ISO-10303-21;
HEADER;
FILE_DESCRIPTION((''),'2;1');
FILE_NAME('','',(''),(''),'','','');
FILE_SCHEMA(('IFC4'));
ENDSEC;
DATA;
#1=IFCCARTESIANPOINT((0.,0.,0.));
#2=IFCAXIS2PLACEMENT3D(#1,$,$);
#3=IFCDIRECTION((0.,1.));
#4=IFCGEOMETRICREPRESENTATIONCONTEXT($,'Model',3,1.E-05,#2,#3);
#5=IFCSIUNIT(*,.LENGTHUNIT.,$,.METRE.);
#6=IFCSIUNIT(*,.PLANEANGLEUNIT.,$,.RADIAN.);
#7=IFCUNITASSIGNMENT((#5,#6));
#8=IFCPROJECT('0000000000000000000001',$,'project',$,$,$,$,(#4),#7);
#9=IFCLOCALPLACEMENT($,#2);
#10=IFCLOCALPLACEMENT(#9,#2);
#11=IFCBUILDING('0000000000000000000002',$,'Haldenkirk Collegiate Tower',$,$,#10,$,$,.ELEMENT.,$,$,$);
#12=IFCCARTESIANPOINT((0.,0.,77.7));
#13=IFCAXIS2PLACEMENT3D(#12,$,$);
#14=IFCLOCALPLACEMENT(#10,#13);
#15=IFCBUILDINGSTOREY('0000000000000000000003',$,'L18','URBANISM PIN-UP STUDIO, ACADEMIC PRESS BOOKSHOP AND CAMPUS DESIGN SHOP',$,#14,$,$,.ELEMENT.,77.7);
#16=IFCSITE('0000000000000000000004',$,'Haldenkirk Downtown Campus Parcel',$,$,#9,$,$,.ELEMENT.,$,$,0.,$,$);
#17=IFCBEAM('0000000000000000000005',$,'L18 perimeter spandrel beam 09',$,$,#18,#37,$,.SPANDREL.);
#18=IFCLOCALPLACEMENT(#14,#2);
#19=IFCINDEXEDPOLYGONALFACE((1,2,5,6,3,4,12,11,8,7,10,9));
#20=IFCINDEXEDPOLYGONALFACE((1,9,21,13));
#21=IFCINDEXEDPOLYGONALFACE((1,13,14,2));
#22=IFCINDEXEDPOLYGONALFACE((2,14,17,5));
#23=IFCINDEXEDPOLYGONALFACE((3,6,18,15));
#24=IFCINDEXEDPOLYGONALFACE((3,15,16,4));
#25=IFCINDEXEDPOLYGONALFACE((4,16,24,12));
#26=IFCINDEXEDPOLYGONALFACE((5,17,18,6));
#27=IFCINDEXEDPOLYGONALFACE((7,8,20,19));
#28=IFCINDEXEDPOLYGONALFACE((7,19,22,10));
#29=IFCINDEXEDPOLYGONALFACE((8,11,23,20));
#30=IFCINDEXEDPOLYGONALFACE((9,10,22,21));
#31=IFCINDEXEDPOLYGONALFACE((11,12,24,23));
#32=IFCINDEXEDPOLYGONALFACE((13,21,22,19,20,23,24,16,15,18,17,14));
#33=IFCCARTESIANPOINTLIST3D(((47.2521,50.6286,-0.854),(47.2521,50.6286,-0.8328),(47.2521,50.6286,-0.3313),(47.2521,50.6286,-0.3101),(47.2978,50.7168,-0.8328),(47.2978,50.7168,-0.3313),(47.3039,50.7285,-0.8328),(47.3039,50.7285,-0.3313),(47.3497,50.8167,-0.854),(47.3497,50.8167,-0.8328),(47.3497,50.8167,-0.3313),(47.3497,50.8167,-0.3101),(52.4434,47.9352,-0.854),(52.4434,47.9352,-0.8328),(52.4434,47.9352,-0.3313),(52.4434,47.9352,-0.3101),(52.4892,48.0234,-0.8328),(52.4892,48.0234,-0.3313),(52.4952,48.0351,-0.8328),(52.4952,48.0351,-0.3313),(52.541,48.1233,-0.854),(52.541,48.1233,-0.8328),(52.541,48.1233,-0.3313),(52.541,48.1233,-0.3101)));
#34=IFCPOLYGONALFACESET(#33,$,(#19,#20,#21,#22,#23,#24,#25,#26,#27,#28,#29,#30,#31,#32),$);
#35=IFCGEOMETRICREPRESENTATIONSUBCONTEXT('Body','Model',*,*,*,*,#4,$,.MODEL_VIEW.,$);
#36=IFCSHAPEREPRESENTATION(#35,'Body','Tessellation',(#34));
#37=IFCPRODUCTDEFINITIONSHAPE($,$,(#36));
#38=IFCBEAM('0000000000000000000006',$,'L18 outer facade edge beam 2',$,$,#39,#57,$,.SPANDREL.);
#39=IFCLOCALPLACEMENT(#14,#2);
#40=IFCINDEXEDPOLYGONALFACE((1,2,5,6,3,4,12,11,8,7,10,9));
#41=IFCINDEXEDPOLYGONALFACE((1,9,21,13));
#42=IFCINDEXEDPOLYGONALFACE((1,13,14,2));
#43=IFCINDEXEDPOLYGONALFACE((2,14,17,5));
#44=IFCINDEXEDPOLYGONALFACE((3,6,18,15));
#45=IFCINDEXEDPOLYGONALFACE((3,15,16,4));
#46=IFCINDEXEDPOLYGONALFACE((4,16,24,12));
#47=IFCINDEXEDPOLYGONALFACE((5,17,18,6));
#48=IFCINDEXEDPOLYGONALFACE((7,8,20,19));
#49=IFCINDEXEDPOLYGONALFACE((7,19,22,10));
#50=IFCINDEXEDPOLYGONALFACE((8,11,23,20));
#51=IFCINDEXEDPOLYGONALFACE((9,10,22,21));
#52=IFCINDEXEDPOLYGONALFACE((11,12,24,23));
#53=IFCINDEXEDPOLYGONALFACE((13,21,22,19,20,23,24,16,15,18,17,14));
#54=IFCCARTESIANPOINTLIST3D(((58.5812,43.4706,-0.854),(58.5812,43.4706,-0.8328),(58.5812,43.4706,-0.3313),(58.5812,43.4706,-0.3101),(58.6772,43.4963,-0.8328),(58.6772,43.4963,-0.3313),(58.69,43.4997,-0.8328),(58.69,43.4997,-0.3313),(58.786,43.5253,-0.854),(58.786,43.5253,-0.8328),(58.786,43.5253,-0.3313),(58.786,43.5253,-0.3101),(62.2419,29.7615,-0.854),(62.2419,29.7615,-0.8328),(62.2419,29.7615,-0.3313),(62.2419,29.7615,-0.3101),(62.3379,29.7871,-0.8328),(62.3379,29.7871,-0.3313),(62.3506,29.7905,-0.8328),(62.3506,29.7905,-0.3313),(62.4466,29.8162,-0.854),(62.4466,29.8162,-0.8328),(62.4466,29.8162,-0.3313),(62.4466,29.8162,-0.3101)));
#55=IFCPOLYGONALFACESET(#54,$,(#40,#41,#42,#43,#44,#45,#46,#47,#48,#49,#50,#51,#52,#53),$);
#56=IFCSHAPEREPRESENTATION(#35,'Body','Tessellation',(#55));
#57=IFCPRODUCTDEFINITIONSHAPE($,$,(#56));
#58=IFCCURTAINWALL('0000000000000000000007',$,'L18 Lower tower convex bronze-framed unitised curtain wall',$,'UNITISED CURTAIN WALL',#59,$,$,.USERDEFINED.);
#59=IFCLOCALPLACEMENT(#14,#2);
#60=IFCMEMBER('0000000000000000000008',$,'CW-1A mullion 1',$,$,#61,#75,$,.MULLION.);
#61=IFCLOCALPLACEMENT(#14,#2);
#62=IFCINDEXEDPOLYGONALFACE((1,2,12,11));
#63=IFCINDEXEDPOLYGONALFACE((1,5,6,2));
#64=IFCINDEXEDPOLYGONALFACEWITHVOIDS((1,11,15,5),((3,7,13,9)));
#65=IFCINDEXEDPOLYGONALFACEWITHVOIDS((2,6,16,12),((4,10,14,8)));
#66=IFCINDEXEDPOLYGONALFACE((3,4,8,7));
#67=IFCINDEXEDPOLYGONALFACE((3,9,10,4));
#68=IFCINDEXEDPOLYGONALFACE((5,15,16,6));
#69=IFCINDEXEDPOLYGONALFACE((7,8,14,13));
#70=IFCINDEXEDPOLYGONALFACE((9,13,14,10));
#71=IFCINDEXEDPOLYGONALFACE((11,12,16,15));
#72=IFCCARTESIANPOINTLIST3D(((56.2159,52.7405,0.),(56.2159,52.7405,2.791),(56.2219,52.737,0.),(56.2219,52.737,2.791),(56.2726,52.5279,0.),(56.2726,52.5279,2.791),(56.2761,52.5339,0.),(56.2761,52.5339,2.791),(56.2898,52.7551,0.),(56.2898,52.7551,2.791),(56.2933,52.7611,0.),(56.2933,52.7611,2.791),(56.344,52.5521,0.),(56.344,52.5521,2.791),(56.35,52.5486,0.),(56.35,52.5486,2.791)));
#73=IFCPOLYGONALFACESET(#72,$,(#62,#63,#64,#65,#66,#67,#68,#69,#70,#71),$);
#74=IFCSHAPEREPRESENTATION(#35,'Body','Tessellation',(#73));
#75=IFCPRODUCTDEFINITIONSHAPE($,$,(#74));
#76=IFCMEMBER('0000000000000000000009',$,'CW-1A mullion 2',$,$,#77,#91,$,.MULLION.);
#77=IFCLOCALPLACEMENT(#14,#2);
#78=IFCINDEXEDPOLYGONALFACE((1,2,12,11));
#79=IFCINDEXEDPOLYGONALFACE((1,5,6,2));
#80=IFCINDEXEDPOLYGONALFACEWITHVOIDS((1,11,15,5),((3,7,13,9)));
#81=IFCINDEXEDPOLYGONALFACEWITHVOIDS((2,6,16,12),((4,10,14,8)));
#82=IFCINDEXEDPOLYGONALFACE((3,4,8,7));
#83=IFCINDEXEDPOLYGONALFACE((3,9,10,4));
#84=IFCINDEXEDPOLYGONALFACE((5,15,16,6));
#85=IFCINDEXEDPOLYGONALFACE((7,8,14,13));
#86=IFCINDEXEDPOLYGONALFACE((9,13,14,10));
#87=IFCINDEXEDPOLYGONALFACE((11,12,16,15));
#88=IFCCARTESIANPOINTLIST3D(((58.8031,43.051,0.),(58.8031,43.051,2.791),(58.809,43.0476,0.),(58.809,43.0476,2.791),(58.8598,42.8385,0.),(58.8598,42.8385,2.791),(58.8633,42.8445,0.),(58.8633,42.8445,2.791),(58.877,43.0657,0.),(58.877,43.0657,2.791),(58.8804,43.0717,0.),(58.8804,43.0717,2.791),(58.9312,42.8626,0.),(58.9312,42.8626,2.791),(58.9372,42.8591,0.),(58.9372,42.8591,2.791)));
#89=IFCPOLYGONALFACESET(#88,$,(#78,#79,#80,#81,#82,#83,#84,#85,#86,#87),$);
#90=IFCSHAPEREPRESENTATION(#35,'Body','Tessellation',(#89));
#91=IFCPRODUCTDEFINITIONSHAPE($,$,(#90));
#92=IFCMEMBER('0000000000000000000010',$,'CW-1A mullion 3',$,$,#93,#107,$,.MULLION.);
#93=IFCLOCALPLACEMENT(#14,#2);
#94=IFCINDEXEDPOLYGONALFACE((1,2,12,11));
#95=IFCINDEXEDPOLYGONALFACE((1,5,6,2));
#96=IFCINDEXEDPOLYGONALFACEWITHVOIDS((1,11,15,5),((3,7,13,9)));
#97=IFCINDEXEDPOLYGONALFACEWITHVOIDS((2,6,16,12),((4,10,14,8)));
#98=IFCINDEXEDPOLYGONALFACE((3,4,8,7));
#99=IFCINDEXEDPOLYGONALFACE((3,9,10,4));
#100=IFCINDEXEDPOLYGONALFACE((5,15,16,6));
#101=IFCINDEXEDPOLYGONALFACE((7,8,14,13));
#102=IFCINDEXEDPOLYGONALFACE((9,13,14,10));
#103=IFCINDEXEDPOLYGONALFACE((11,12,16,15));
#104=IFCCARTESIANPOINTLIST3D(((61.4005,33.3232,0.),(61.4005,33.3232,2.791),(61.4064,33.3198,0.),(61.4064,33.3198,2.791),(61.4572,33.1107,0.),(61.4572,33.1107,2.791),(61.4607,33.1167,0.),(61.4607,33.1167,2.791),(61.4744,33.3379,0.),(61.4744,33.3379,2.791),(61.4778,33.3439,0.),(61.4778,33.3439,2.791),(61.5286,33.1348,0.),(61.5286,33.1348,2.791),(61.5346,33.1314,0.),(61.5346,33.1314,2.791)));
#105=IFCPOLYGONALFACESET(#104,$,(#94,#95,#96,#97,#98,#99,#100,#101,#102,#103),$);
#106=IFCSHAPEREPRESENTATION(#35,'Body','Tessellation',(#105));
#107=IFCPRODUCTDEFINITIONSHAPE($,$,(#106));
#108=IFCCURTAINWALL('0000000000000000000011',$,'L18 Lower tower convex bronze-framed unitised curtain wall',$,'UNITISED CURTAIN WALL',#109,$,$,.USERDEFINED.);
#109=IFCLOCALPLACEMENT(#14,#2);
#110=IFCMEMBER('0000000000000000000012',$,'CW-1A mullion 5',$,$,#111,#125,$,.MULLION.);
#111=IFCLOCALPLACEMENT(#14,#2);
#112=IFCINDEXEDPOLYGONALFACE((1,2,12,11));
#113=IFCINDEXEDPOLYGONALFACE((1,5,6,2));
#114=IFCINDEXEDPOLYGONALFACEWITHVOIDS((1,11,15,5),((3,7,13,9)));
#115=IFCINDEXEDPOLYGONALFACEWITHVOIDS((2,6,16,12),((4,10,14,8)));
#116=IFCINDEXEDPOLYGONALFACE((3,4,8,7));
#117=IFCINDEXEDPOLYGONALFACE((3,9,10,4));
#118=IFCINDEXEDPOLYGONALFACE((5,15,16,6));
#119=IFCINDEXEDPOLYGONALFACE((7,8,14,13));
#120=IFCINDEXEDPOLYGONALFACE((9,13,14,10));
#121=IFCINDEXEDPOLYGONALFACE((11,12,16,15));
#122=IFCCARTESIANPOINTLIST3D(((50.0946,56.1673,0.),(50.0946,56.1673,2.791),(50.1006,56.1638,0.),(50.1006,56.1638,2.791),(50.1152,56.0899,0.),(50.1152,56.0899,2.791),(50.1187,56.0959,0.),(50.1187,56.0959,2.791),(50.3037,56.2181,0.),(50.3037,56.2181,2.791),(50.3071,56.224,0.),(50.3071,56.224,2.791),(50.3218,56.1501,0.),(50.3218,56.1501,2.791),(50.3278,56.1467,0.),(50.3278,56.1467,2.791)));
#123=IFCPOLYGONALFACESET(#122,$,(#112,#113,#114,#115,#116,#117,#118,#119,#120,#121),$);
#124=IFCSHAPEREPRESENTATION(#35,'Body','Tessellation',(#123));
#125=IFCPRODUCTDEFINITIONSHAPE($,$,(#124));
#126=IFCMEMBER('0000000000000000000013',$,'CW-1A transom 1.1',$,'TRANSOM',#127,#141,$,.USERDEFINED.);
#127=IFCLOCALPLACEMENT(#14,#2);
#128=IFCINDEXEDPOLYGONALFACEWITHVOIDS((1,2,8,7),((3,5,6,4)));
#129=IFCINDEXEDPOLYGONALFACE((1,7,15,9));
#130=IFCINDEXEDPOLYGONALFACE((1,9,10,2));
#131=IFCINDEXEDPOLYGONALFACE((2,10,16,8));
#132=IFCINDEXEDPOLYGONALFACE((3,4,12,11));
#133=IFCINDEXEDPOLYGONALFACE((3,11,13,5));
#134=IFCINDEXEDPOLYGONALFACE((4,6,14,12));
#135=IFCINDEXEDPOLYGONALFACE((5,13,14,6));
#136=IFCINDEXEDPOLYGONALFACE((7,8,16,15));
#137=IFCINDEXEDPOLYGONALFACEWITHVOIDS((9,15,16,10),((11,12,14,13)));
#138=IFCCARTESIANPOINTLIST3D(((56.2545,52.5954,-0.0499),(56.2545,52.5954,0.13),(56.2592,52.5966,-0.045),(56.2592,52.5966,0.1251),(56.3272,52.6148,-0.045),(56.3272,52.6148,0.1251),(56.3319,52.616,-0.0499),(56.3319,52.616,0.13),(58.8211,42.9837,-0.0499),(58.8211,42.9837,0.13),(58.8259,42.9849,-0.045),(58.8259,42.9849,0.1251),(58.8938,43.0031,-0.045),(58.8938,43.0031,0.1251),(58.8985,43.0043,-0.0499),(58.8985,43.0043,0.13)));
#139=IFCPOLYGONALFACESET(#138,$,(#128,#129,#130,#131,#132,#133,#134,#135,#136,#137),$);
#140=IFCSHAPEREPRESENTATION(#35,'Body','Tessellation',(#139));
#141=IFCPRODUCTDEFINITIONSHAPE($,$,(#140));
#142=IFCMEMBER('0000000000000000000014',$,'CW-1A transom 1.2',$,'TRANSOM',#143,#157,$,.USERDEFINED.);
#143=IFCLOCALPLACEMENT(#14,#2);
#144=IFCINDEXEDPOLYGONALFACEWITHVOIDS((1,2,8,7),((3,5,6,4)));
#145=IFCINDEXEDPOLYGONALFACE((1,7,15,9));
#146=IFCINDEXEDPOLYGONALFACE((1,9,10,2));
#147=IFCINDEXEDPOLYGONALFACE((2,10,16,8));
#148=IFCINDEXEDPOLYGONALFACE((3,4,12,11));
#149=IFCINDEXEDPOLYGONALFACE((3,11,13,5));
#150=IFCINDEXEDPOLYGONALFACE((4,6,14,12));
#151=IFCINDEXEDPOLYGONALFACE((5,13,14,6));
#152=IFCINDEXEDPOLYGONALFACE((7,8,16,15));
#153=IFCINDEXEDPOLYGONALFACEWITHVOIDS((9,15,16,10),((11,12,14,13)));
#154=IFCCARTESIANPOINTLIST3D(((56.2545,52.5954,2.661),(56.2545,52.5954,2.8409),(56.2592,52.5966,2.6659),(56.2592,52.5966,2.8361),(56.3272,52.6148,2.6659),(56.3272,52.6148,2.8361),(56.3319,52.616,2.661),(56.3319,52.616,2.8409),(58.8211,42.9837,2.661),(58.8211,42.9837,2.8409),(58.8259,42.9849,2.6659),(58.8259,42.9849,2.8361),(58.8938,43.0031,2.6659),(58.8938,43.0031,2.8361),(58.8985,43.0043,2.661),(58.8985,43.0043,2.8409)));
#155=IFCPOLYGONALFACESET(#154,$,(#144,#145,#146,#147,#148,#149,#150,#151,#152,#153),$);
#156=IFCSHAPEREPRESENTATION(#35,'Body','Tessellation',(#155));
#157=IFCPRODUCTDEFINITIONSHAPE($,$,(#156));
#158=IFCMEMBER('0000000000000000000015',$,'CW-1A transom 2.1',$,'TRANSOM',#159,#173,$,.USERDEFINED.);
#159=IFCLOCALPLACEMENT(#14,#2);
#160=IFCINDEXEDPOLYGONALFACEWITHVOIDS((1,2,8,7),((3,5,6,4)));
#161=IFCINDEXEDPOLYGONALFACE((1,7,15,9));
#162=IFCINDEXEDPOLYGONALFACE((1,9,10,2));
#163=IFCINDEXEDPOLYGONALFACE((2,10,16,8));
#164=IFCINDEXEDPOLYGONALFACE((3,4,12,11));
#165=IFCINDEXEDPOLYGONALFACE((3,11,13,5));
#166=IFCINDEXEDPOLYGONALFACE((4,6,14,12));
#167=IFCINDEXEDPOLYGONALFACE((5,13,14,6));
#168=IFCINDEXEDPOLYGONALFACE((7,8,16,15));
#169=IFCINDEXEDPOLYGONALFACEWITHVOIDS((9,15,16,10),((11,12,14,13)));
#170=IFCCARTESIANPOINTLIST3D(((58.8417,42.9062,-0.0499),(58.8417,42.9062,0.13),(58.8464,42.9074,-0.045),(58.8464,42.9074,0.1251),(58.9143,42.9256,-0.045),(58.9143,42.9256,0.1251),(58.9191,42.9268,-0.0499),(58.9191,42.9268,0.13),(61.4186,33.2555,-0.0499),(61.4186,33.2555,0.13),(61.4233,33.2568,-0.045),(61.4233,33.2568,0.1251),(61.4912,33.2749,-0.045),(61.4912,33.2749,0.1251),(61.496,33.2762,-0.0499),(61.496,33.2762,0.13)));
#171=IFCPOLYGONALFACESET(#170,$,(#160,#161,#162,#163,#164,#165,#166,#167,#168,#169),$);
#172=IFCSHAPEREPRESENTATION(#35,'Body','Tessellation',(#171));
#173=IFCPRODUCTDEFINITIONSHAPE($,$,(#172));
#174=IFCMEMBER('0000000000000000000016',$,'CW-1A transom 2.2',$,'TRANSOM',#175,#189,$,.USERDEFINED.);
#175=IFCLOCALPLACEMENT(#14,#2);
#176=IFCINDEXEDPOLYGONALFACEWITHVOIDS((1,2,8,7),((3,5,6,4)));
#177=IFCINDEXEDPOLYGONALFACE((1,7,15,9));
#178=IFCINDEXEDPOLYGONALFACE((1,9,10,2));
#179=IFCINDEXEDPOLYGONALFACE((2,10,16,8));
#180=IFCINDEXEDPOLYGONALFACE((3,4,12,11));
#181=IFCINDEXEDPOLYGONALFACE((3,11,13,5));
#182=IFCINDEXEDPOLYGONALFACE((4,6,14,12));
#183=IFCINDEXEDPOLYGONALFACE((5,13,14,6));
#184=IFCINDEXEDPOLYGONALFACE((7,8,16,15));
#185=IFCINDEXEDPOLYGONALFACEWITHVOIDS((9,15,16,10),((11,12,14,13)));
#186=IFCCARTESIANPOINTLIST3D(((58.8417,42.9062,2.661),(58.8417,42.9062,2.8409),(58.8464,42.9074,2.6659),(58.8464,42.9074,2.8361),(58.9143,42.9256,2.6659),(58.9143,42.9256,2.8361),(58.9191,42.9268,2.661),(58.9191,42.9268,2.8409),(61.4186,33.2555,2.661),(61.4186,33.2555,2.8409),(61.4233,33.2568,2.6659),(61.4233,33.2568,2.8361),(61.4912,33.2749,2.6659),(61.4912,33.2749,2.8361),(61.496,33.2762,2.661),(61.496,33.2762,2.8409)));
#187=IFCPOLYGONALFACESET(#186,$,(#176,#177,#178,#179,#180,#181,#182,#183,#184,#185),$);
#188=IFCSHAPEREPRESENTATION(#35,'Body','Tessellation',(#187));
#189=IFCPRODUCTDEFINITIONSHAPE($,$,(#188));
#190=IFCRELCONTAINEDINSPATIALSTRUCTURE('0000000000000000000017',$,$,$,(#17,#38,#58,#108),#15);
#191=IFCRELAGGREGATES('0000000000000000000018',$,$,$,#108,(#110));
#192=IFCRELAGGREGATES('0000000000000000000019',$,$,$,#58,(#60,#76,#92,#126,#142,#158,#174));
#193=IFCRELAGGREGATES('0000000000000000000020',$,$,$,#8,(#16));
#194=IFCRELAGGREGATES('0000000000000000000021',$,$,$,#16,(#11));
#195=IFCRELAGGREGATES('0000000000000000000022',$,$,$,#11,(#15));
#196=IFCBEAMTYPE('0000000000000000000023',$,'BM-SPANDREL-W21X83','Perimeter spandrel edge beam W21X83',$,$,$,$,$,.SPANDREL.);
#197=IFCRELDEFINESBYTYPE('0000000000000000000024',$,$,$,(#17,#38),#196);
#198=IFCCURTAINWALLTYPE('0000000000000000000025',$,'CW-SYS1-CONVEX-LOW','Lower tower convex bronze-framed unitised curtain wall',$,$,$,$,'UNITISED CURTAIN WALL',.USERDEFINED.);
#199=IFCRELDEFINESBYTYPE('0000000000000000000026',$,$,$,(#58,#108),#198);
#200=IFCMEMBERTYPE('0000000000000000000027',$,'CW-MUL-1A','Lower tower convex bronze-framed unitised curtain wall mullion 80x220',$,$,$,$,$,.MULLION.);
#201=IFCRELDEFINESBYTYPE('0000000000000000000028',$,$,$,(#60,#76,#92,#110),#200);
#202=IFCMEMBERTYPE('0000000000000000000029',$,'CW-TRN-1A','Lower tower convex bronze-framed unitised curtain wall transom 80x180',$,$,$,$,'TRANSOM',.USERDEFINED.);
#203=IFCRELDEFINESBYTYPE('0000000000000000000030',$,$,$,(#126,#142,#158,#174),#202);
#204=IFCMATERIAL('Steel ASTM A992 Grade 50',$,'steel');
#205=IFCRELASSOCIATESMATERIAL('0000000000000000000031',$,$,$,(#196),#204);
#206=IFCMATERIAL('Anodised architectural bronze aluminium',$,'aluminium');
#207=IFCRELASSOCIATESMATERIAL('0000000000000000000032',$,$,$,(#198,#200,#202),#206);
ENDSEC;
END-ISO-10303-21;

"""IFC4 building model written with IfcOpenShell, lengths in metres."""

from ifc_helpers import new_model, si_unit, direction, frame, origin, origin_2d, place, context, subcontext, project, spatial, hollow_rectangle, i_section, extrude, material, material_profile, profile_set, type_object, element, aggregate, save


model = new_model("IFC4")

# Units and contexts
model_context = context("Model", 3, precision=1e-05, world=origin(), true_north=direction((0.0, 1.0)))
body_context = subcontext(model_context, "Body", "Model", "MODEL_VIEW")
ifc_project = project(units=[si_unit("LENGTHUNIT", "METRE"), si_unit("PLANEANGLEUNIT", "RADIAN")], contexts=[model_context])

# Site, building, storey
site_placement = place(None, origin())
site = spatial("IfcSite", under=ifc_project, at=site_placement, Name="Haldenkirk Downtown Campus Parcel", CompositionType="ELEMENT", RefElevation=0.0)
building_placement = place(site_placement, origin())
building = spatial("IfcBuilding", under=site, at=building_placement, Name="Haldenkirk Collegiate Tower", CompositionType="ELEMENT")
storey_placement = place(building_placement, frame((0.0, 0.0, 77.7)))
storey = spatial("IfcBuildingStorey", under=building, at=storey_placement, Name="L18", Description="URBANISM PIN-UP STUDIO, ACADEMIC PRESS BOOKSHOP AND CAMPUS DESIGN SHOP", CompositionType="ELEMENT", Elevation=77.7)

# Beams
ifc_material_1 = material(Name="Steel ASTM A992 Grade 50", Category="steel")
ifc_material_profile_1 = material_profile(ifc_material_1, i_section(OverallWidth=0.2119, OverallDepth=0.5439, WebThickness=0.0132, FlangeThickness=0.0212, at=origin_2d()), Name="W21X83")
ifc_profile_set_1 = profile_set([ifc_material_profile_1], Name="Steel ASTM A992 Grade 50")
beam_type_1 = type_object("IfcBeamType", Name="BM-SPANDREL-W21X83", Description="Perimeter spandrel edge beam W21X83", PredefinedType="SPANDREL", material=ifc_profile_set_1)
beam_1_placement = place(storey_placement, frame((52.4922, 48.0293, -0.582), z_axis=(-0.887648, 0.460522, 0.0), x_axis=(-0.460522, -0.887648, 0.0)))
element("IfcBeam", 1, at=beam_1_placement, inside=storey, type_object=beam_type_1, Name="L18 perimeter spandrel beam 09", PredefinedType="SPANDREL", context=body_context, shape_type="SweptSolid", body=[
    extrude(i_section(OverallWidth=0.2119, OverallDepth=0.5439, WebThickness=0.0132, FlangeThickness=0.0212, at=origin_2d()), origin(), (0.0, 0.0, 1.0), 5.8484),
])
beam_2_placement = place(storey_placement, frame((62.3442, 29.7888, -0.582), z_axis=(-0.257982, 0.96615, 0.0), x_axis=(-0.96615, -0.257982, 0.0)))
element("IfcBeam", 2, at=beam_2_placement, inside=storey, type_object=beam_type_1, Name="L18 outer facade edge beam 2", PredefinedType="SPANDREL", context=body_context, shape_type="SweptSolid", body=[
    extrude(i_section(OverallWidth=0.2119, OverallDepth=0.5439, WebThickness=0.0132, FlangeThickness=0.0212, at=origin_2d()), origin(), (0.0, 0.0, 1.0), 14.1895),
])

# Curtain wall, members
ifc_material_2 = material(Name="Anodised architectural bronze aluminium", Category="aluminium")
curtain_wall_type = type_object("IfcCurtainWallType", Name="CW-SYS1-CONVEX-LOW", Description="Lower tower convex bronze-framed unitised curtain wall", ElementType="UNITISED CURTAIN WALL", PredefinedType="USERDEFINED", material=ifc_material_2)
curtain_wall_1_placement = place(storey_placement, origin())
curtain_wall_1 = element("IfcCurtainWall", 3, at=curtain_wall_1_placement, inside=storey, type_object=curtain_wall_type, Name="L18 Lower tower convex bronze-framed unitised curtain wall", ObjectType="UNITISED CURTAIN WALL", PredefinedType="USERDEFINED")
ifc_material_profile_2 = material_profile(ifc_material_2, hollow_rectangle(XDim=0.0801, YDim=0.22, WallThickness=0.0049, at=origin_2d()), Name="CW-MUL-1A")
ifc_profile_set_2 = profile_set([ifc_material_profile_2], Name="Anodised architectural bronze aluminium")
member_type_1 = type_object("IfcMemberType", Name="CW-MUL-1A", Description="Lower tower convex bronze-framed unitised curtain wall mullion 80x220", PredefinedType="MULLION", material=ifc_profile_set_2)
member_1_placement = place(storey_placement, frame((56.283, 52.6445, 0.0), z_axis=(0.0, 0.0, 1.0), x_axis=(0.966151, 0.257976, 0.0)))
member_1 = element("IfcMember", 4, at=member_1_placement, type_object=member_type_1, Name="CW-1A mullion 1", PredefinedType="MULLION", context=body_context, shape_type="SweptSolid", body=[
    extrude(hollow_rectangle(XDim=0.0801, YDim=0.22, WallThickness=0.0049, at=origin_2d()), origin(), (0.0, 0.0, 1.0), 2.791),
])
member_2_placement = place(storey_placement, frame((58.8701, 42.9551, 0.0), z_axis=(0.0, 0.0, 1.0), x_axis=(0.966151, 0.257976, 0.0)))
member_2 = element("IfcMember", 5, at=member_2_placement, type_object=member_type_1, Name="CW-1A mullion 2", PredefinedType="MULLION", context=body_context, shape_type="SweptSolid", body=[
    extrude(hollow_rectangle(XDim=0.0801, YDim=0.22, WallThickness=0.0049, at=origin_2d()), origin(), (0.0, 0.0, 1.0), 2.791),
])
member_3_placement = place(storey_placement, frame((61.4675, 33.2273, 0.0), z_axis=(0.0, 0.0, 1.0), x_axis=(0.966151, 0.257976, 0.0)))
member_3 = element("IfcMember", 6, at=member_3_placement, type_object=member_type_1, Name="CW-1A mullion 3", PredefinedType="MULLION", context=body_context, shape_type="SweptSolid", body=[
    extrude(hollow_rectangle(XDim=0.0801, YDim=0.22, WallThickness=0.0049, at=origin_2d()), origin(), (0.0, 0.0, 1.0), 2.791),
])

# Curtain wall, member
curtain_wall_2_placement = place(storey_placement, origin())
curtain_wall_2 = element("IfcCurtainWall", 7, at=curtain_wall_2_placement, inside=storey, type_object=curtain_wall_type, Name="L18 Lower tower convex bronze-framed unitised curtain wall", ObjectType="UNITISED CURTAIN WALL", PredefinedType="USERDEFINED")
member_4_placement = place(storey_placement, frame((50.2112, 56.157, 0.0), z_axis=(0.0, 0.0, 1.0), x_axis=(-0.257974, 0.966152, 0.0)))
member_4 = element("IfcMember", 8, at=member_4_placement, type_object=member_type_1, Name="CW-1A mullion 5", PredefinedType="MULLION", context=body_context, shape_type="SweptSolid", body=[
    extrude(hollow_rectangle(XDim=0.0801, YDim=0.22, WallThickness=0.0049, at=origin_2d()), origin(), (0.0, 0.0, 1.0), 2.791),
])
aggregate(curtain_wall_2, [member_4])

# Members
ifc_material_profile_3 = material_profile(ifc_material_2, hollow_rectangle(XDim=0.0801, YDim=0.1799, WallThickness=0.0049, at=origin_2d()), Name="CW-TRN-1A")
ifc_profile_set_3 = profile_set([ifc_material_profile_3], Name="Anodised architectural bronze aluminium")
member_type_2 = type_object("IfcMemberType", Name="CW-TRN-1A", Description="Lower tower convex bronze-framed unitised curtain wall transom 80x180", ElementType="TRANSOM", PredefinedType="USERDEFINED", material=ifc_profile_set_3)
member_5_placement = place(storey_placement, frame((56.2932, 52.6057, 0.04), z_axis=(0.257991, -0.966147, 0.0), x_axis=(0.966147, 0.257991, 0.0)))
member_5 = element("IfcMember", 9, at=member_5_placement, type_object=member_type_2, Name="CW-1A transom 1.1", ObjectType="TRANSOM", PredefinedType="USERDEFINED", context=body_context, shape_type="SweptSolid", body=[
    extrude(hollow_rectangle(XDim=0.0801, YDim=0.1799, WallThickness=0.0049, at=origin_2d()), origin(), (0.0, 0.0, 1.0), 9.9485),
])
member_6_placement = place(storey_placement, frame((56.2932, 52.6057, 2.751), z_axis=(0.257991, -0.966147, 0.0), x_axis=(0.966147, 0.257991, 0.0)))
member_6 = element("IfcMember", 10, at=member_6_placement, type_object=member_type_2, Name="CW-1A transom 1.2", ObjectType="TRANSOM", PredefinedType="USERDEFINED", context=body_context, shape_type="SweptSolid", body=[
    extrude(hollow_rectangle(XDim=0.0801, YDim=0.1799, WallThickness=0.0049, at=origin_2d()), origin(), (0.0, 0.0, 1.0), 9.9485),
])
member_7_placement = place(storey_placement, frame((58.8804, 42.9165, 0.04), z_axis=(0.257981, -0.96615, 0.0), x_axis=(0.96615, 0.257981, 0.0)))
member_7 = element("IfcMember", 11, at=member_7_placement, type_object=member_type_2, Name="CW-1A transom 2.1", ObjectType="TRANSOM", PredefinedType="USERDEFINED", context=body_context, shape_type="SweptSolid", body=[
    extrude(hollow_rectangle(XDim=0.0801, YDim=0.1799, WallThickness=0.0049, at=origin_2d()), origin(), (0.0, 0.0, 1.0), 9.9888),
])
member_8_placement = place(storey_placement, frame((58.8804, 42.9165, 2.751), z_axis=(0.257981, -0.96615, 0.0), x_axis=(0.96615, 0.257981, 0.0)))
member_8 = element("IfcMember", 12, at=member_8_placement, type_object=member_type_2, Name="CW-1A transom 2.2", ObjectType="TRANSOM", PredefinedType="USERDEFINED", context=body_context, shape_type="SweptSolid", body=[
    extrude(hollow_rectangle(XDim=0.0801, YDim=0.1799, WallThickness=0.0049, at=origin_2d()), origin(), (0.0, 0.0, 1.0), 9.9888),
])

aggregate(curtain_wall_1, [member_1, member_2, member_3, member_5, member_6, member_7, member_8])

save(model, "model.ifc")
